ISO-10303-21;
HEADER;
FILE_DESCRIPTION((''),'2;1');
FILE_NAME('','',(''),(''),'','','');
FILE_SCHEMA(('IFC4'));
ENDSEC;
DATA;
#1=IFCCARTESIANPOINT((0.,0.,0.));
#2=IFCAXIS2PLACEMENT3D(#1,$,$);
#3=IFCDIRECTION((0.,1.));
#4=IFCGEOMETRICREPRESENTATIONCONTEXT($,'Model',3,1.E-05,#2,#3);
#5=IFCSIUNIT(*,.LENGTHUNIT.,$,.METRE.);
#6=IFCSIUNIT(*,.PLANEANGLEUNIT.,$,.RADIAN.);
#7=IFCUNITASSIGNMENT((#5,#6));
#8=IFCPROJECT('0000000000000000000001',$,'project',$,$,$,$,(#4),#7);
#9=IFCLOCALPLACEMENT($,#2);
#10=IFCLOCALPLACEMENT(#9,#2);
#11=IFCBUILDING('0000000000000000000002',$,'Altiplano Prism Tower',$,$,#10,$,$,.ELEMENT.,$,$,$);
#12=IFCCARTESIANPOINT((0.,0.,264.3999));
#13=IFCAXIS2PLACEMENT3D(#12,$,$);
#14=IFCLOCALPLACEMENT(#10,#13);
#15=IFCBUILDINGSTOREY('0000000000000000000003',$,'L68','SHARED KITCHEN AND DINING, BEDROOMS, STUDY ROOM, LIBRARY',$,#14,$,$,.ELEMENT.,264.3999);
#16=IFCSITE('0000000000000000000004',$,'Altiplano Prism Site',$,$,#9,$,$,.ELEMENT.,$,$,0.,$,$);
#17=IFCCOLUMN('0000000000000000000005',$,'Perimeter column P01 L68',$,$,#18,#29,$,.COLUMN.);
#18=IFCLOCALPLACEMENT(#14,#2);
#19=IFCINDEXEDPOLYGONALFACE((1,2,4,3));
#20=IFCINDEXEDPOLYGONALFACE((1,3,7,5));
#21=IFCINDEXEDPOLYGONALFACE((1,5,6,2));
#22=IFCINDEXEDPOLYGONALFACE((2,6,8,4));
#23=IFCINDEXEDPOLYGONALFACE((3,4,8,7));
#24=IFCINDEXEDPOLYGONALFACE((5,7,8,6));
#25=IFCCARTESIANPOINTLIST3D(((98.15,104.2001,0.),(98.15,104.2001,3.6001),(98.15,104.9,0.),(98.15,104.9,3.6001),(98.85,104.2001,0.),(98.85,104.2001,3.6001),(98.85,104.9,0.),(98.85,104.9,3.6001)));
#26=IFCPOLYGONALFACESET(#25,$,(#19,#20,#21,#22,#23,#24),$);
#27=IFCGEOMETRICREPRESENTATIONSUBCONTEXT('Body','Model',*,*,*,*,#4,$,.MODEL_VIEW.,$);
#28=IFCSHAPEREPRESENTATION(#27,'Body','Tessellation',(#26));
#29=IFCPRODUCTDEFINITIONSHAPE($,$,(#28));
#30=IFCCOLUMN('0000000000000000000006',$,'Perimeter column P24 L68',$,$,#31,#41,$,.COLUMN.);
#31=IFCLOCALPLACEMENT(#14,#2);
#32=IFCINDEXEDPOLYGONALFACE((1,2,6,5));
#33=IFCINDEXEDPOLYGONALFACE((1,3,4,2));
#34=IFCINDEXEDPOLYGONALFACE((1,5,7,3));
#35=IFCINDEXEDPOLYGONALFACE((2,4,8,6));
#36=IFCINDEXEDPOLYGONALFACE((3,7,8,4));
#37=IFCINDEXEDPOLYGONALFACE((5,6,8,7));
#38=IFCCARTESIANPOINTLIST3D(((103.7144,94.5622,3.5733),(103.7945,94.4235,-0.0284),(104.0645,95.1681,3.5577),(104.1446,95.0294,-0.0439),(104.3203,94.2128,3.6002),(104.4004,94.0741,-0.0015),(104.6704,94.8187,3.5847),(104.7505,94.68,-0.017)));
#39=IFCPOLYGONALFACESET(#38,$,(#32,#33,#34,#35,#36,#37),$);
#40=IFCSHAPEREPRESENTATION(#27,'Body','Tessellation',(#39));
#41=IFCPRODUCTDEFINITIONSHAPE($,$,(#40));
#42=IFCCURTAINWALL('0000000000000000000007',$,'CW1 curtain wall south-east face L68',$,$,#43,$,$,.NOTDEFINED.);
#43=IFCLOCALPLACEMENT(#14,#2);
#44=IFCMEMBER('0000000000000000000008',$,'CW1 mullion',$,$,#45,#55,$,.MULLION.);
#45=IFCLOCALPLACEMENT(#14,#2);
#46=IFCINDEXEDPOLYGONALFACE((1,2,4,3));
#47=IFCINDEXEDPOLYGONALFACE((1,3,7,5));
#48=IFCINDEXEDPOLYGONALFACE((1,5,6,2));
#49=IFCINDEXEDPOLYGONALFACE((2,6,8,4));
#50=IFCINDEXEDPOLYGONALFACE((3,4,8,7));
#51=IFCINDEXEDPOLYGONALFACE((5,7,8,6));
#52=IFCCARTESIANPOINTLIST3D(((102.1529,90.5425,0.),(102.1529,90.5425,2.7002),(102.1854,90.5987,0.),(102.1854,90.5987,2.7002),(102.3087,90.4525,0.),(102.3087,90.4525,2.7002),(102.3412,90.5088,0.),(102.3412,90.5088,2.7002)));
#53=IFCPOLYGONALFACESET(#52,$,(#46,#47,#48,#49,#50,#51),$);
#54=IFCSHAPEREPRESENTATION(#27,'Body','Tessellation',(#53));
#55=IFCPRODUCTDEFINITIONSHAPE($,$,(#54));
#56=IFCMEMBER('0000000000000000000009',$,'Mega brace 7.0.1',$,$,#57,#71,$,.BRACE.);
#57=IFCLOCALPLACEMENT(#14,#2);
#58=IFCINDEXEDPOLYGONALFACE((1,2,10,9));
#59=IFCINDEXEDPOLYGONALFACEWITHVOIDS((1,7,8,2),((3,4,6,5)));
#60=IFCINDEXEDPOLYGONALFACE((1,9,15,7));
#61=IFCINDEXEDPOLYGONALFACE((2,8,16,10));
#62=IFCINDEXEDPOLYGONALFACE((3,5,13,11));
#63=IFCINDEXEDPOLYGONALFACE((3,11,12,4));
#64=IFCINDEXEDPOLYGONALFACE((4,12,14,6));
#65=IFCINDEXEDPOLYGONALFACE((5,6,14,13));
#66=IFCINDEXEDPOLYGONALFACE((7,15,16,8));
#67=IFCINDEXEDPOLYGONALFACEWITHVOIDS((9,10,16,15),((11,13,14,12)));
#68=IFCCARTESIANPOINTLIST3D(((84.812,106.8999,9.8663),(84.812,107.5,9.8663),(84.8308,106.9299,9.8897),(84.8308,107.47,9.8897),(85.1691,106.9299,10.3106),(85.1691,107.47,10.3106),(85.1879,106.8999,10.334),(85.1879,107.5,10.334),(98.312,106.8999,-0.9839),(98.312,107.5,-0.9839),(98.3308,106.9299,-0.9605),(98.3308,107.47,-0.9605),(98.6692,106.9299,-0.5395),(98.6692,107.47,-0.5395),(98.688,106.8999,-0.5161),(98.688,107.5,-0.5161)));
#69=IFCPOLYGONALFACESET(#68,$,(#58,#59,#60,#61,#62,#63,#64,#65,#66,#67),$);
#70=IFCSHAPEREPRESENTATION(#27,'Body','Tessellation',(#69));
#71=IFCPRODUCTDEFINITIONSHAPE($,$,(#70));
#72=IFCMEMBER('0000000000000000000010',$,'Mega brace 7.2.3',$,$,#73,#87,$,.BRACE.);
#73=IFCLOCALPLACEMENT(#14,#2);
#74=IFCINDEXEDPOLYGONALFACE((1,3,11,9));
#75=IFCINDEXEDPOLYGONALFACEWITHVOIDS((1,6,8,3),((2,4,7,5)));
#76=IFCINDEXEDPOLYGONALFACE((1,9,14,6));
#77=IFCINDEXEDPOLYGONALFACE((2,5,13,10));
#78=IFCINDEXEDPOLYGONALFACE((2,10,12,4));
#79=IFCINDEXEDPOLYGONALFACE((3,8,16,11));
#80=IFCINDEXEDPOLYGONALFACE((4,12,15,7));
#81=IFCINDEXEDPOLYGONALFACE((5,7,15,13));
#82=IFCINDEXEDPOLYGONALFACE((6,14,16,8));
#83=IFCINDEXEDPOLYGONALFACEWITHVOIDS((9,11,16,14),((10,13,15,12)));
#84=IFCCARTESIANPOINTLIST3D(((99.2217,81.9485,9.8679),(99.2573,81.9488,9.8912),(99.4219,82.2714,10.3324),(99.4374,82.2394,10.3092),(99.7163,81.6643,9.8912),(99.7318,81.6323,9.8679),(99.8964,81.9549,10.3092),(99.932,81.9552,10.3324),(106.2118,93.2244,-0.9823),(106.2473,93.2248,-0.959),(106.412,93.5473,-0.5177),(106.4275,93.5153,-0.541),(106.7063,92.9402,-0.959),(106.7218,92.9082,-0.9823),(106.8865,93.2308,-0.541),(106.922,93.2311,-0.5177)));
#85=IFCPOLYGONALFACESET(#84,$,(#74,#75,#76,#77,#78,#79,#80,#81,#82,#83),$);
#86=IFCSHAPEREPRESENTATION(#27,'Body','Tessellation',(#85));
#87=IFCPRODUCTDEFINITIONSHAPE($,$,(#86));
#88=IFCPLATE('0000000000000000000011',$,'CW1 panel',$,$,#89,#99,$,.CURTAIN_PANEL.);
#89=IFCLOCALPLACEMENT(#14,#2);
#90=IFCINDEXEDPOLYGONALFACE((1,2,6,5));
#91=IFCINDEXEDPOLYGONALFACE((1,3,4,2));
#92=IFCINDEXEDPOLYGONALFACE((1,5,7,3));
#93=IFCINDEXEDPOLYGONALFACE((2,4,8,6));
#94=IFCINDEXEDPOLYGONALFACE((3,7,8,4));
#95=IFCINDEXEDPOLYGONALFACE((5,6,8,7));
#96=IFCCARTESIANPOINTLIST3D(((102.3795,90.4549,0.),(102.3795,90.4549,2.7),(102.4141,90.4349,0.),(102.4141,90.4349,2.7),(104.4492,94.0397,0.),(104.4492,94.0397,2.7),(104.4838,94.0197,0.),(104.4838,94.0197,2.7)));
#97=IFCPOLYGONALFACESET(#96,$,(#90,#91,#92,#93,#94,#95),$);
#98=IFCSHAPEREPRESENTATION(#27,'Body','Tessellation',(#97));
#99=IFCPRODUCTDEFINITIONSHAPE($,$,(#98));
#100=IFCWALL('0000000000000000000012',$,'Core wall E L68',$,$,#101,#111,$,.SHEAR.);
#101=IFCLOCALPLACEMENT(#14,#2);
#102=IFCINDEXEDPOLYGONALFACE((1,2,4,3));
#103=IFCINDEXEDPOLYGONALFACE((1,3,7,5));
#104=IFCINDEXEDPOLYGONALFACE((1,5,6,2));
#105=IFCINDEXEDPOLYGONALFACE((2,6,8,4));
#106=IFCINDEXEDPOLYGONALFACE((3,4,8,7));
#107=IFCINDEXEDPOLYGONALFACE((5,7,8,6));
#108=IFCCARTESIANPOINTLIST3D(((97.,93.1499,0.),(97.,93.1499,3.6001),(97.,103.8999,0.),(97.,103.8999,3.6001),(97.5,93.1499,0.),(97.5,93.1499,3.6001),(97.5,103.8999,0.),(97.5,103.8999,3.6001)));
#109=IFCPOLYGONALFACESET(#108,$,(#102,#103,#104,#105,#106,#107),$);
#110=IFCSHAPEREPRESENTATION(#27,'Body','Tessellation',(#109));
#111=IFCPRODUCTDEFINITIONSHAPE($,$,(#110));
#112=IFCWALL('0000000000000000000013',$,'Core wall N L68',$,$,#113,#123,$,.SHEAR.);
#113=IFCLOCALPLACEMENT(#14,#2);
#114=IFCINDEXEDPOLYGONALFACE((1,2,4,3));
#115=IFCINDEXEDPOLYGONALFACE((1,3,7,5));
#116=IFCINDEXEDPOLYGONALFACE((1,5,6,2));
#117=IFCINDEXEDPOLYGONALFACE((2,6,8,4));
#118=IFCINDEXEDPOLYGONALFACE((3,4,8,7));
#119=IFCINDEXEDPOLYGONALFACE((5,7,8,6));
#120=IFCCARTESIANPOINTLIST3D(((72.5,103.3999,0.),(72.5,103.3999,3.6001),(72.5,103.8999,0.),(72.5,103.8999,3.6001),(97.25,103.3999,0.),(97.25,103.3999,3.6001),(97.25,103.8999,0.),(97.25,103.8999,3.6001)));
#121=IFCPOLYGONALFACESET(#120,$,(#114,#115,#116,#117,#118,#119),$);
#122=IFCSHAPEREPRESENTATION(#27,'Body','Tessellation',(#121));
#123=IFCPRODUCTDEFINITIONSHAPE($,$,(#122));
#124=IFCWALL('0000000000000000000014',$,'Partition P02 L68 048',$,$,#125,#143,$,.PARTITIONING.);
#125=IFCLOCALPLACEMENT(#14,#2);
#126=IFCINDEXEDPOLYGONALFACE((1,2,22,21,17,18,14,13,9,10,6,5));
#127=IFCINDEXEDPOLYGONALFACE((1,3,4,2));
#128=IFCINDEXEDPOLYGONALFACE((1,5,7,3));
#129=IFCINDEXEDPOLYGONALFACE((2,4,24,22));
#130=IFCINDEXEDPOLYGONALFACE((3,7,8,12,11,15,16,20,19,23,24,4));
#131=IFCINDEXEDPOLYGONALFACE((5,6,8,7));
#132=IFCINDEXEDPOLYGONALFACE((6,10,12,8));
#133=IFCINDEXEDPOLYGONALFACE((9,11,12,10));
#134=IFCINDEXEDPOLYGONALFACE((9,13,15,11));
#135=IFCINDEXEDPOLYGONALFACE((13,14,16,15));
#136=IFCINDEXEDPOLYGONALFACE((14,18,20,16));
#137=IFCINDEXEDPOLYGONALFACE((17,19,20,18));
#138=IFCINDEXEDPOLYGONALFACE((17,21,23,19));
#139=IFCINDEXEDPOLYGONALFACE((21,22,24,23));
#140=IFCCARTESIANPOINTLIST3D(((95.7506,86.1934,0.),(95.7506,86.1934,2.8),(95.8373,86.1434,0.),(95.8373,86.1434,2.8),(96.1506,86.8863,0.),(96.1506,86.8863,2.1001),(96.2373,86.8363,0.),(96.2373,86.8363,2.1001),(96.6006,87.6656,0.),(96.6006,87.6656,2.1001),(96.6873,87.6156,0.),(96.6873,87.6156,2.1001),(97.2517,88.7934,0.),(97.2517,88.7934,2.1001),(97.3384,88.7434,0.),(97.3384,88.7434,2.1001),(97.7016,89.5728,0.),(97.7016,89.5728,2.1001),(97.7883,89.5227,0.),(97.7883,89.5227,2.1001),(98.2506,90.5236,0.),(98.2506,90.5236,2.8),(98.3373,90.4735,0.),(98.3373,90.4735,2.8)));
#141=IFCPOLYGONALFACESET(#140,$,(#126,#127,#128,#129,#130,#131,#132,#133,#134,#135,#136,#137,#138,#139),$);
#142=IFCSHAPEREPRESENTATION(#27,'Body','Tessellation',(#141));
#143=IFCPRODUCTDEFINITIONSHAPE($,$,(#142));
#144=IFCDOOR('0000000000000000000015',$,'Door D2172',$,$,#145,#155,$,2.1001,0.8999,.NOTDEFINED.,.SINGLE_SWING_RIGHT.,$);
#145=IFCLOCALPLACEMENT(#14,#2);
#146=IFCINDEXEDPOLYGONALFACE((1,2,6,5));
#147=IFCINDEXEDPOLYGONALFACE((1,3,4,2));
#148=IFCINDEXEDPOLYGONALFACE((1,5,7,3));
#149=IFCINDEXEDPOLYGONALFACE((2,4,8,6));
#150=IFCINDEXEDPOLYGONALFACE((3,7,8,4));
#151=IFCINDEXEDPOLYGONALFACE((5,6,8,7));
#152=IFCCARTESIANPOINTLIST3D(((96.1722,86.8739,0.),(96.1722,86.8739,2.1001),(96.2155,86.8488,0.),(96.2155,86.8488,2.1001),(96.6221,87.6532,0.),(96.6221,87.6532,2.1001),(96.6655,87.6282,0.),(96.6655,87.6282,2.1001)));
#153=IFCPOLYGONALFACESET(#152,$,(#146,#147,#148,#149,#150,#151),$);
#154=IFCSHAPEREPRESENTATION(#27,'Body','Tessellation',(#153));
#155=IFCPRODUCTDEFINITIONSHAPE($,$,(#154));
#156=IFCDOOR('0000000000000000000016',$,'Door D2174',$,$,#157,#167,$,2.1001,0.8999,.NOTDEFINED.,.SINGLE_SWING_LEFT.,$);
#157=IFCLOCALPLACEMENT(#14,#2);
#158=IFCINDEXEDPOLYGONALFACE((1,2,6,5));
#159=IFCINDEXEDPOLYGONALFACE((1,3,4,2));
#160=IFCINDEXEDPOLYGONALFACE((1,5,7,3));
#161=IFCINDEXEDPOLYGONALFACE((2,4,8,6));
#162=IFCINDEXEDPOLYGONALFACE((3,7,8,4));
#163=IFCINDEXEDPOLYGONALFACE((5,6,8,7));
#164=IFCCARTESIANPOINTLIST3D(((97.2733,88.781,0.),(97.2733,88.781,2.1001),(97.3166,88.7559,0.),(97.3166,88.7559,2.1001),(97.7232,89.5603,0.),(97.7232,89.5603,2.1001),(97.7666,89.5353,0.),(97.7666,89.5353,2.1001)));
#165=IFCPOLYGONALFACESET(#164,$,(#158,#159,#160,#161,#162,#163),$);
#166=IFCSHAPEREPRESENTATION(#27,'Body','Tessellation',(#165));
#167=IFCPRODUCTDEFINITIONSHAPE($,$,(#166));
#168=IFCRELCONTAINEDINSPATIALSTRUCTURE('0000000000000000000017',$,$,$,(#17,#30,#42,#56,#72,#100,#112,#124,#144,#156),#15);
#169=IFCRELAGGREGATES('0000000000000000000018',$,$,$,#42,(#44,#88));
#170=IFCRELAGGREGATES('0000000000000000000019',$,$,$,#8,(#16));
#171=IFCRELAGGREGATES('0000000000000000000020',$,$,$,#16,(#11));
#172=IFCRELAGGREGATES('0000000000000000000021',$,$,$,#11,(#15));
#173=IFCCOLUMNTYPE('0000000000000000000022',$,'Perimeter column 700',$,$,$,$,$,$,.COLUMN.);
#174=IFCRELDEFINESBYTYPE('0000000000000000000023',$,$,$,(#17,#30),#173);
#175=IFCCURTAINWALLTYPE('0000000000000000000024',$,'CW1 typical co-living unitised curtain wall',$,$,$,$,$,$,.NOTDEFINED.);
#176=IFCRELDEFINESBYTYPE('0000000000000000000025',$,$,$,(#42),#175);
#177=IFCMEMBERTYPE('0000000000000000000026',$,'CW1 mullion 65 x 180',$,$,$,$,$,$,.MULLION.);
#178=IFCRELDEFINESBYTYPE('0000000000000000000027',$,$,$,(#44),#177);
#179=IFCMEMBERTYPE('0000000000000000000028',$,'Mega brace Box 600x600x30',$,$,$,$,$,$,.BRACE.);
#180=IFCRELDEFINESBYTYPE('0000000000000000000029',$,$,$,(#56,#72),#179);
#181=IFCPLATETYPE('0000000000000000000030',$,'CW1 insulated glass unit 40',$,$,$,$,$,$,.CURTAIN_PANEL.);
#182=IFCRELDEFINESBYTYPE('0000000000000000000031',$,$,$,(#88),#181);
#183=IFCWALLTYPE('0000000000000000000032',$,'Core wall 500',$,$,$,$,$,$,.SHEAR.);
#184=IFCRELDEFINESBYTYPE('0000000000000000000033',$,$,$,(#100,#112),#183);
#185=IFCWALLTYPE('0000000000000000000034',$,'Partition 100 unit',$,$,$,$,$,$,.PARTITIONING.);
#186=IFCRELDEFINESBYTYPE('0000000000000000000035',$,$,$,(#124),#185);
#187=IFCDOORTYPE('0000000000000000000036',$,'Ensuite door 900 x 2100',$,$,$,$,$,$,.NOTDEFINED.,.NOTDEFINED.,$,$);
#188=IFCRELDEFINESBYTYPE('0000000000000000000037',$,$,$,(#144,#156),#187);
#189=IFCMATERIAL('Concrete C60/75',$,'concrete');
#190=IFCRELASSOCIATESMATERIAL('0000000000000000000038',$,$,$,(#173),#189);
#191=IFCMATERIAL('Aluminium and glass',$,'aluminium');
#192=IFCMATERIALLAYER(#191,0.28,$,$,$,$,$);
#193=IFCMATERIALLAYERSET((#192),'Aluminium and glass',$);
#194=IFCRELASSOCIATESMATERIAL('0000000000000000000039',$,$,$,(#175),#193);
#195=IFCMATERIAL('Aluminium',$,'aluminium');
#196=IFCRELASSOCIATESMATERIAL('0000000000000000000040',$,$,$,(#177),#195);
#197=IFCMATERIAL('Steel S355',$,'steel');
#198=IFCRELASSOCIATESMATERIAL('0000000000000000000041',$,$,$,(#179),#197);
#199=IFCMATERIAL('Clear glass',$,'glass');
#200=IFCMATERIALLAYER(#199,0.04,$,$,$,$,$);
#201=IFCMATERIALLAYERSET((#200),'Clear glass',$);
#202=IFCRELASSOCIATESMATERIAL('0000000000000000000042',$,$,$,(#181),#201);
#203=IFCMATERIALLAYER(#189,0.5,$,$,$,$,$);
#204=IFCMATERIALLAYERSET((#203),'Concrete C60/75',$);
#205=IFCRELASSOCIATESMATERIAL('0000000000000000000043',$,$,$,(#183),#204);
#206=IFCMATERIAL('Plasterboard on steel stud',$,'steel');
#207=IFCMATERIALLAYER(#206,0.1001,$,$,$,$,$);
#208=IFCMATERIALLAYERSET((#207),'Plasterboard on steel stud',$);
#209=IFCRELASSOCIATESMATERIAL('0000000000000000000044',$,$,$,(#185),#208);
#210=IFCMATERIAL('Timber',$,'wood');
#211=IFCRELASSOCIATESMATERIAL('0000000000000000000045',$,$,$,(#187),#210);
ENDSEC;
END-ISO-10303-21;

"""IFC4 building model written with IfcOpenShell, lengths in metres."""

from ifc_helpers import new_model, si_unit, direction, frame, frame_2d, origin, origin_2d, place, context, subcontext, project, spatial, rectangle, hollow_rectangle, extrude, material, layer, layer_set, material_profile, profile_set, type_object, element, fill, aggregate, save


model = new_model("IFC4")

# Units and contexts
model_context = context("Model", 3, precision=1e-05, world=origin(), true_north=direction((0.0, 1.0)))
body_context = subcontext(model_context, "Body", "Model", "MODEL_VIEW")
ifc_project = project(units=[si_unit("LENGTHUNIT", "METRE"), si_unit("PLANEANGLEUNIT", "RADIAN")], contexts=[model_context])

# Site, building, storey
site_placement = place(None, origin())
site = spatial("IfcSite", under=ifc_project, at=site_placement, Name="Altiplano Prism Site", CompositionType="ELEMENT", RefElevation=0.0)
building_placement = place(site_placement, origin())
building = spatial("IfcBuilding", under=site, at=building_placement, Name="Altiplano Prism Tower", CompositionType="ELEMENT")
storey_placement = place(building_placement, frame((0.0, 0.0, 264.3999)))
storey = spatial("IfcBuildingStorey", under=building, at=storey_placement, Name="L68", Description="SHARED KITCHEN AND DINING, BEDROOMS, STUDY ROOM, LIBRARY", CompositionType="ELEMENT", Elevation=264.3999)

# Columns
ifc_material_1 = material(Name="Concrete C60/75", Category="concrete")
ifc_material_profile_1 = material_profile(ifc_material_1, rectangle(XDim=0.7, YDim=0.7, at=origin_2d()), Name="Perimeter column 700")
ifc_profile_set_1 = profile_set([ifc_material_profile_1], Name="Concrete C60/75")
column_type = type_object("IfcColumnType", Name="Perimeter column 700", PredefinedType="COLUMN", material=ifc_profile_set_1)
column_1_placement = place(storey_placement, frame((98.5, 104.55, 0.0), z_axis=(0.0, 0.0, 1.0), x_axis=(1.0, 0.0, 0.0)))
element("IfcColumn", 1, at=column_1_placement, inside=storey, type_object=column_type, Name="Perimeter column P01 L68", PredefinedType="COLUMN", context=body_context, shape_type="SweptSolid", body=[
    extrude(rectangle(XDim=0.7, YDim=0.7, at=origin_2d()), origin(), (0.0, 0.0, 1.0), 3.6001),
])
column_2_placement = place(storey_placement, frame((104.2725, 94.5518, -0.0227), z_axis=(-0.022212, 0.038465, 0.999013), x_axis=(-0.500174, -0.86564, 0.022209)))
element("IfcColumn", 2, at=column_2_placement, inside=storey, type_object=column_type, Name="Perimeter column P24 L68", PredefinedType="COLUMN", context=body_context, shape_type="SweptSolid", body=[
    extrude(rectangle(XDim=0.7, YDim=0.7, at=origin_2d()), origin(), (0.0, 0.0, 1.0), 3.6052),
])

# Curtain wall, member
ifc_material_2 = material(Name="Aluminium and glass", Category="aluminium")
ifc_layer_1 = layer(ifc_material_2, 0.28)
ifc_layer_set_1 = layer_set([ifc_layer_1], Name="Aluminium and glass")
curtain_wall_type = type_object("IfcCurtainWallType", Name="CW1 typical co-living unitised curtain wall", PredefinedType="NOTDEFINED", material=ifc_layer_set_1)
curtain_wall_placement = place(storey_placement, origin())
curtain_wall = element("IfcCurtainWall", 3, at=curtain_wall_placement, inside=storey, type_object=curtain_wall_type, Name="CW1 curtain wall south-east face L68", PredefinedType="NOTDEFINED")
ifc_material_3 = material(Name="Aluminium", Category="aluminium")
ifc_material_profile_2 = material_profile(ifc_material_3, rectangle(XDim=0.1799, YDim=0.0649, at=origin_2d()), Name="CW1 mullion 65 x 180")
ifc_profile_set_2 = profile_set([ifc_material_profile_2], Name="Aluminium")
member_type_1 = type_object("IfcMemberType", Name="CW1 mullion 65 x 180", PredefinedType="MULLION", material=ifc_profile_set_2)
member_1_placement = place(storey_placement, frame((102.2471, 90.5256, 0.0), z_axis=(0.0, 0.0, 1.0), x_axis=(-0.866025, 0.5, 0.0)))
member_1 = element("IfcMember", 4, at=member_1_placement, type_object=member_type_1, Name="CW1 mullion", PredefinedType="MULLION", context=body_context, shape_type="SweptSolid", body=[
    extrude(rectangle(XDim=0.1799, YDim=0.0649, at=origin_2d()), origin(), (0.0, 0.0, 1.0), 2.7002),
])

# Members
ifc_material_4 = material(Name="Steel S355", Category="steel")
ifc_material_profile_3 = material_profile(ifc_material_4, hollow_rectangle(XDim=0.6001, YDim=0.6001, WallThickness=0.03, at=origin_2d()), Name="Mega brace Box 600x600x30")
ifc_profile_set_3 = profile_set([ifc_material_profile_3], Name="Steel S355")
member_type_2 = type_object("IfcMemberType", Name="Mega brace Box 600x600x30", PredefinedType="BRACE", material=ifc_profile_set_3)
member_2_placement = place(storey_placement, frame((98.5, 107.2, -0.75), z_axis=(-0.779456, 0.0, 0.626457), x_axis=(0.0, -1.0, 0.0)))
element("IfcMember", 5, at=member_2_placement, inside=storey, type_object=member_type_2, Name="Mega brace 7.0.1", PredefinedType="BRACE", context=body_context, shape_type="SweptSolid", body=[
    extrude(hollow_rectangle(XDim=0.6001, YDim=0.6001, WallThickness=0.03, at=origin_2d()), origin(), (0.0, 0.0, 1.0), 17.3198),
])
member_3_placement = place(storey_placement, frame((106.5669, 93.2278, -0.75), z_axis=(-0.407852, -0.657925, 0.633081), x_axis=(0.849938, -0.526882, 0.0)))
element("IfcMember", 6, at=member_3_placement, inside=storey, type_object=member_type_2, Name="Mega brace 7.2.3", PredefinedType="BRACE", context=body_context, shape_type="SweptSolid", body=[
    extrude(hollow_rectangle(XDim=0.6001, YDim=0.6001, WallThickness=0.03, at=origin_2d()), origin(), (0.0, 0.0, 1.0), 17.1387),
])

# Plate
ifc_material_5 = material(Name="Clear glass", Category="glass")
ifc_layer_2 = layer(ifc_material_5, 0.04)
ifc_layer_set_2 = layer_set([ifc_layer_2], Name="Clear glass")
plate_type = type_object("IfcPlateType", Name="CW1 insulated glass unit 40", PredefinedType="CURTAIN_PANEL", material=ifc_layer_set_2)
plate_placement = place(storey_placement, frame((103.4316, 92.2373, 0.0), z_axis=(0.0, 0.0, 1.0), x_axis=(0.5, 0.866025, 0.0)))
plate = element("IfcPlate", 7, at=plate_placement, type_object=plate_type, Name="CW1 panel", PredefinedType="CURTAIN_PANEL", context=body_context, shape_type="SweptSolid", body=[
    extrude(rectangle(XDim=4.1394, YDim=0.04, at=origin_2d()), origin(), (0.0, 0.0, 1.0), 2.7),
])
aggregate(curtain_wall, [member_1, plate])

# Walls
ifc_layer_3 = layer(ifc_material_1, 0.5)
ifc_layer_set_3 = layer_set([ifc_layer_3], Name="Concrete C60/75")
wall_type_1 = type_object("IfcWallType", Name="Core wall 500", PredefinedType="SHEAR", material=ifc_layer_set_3)
wall_1_placement = place(storey_placement, frame((97.25, 93.1499, 0.0), z_axis=(0.0, 0.0, 1.0), x_axis=(0.0, 1.0, 0.0)))
element("IfcWall", 8, at=wall_1_placement, inside=storey, type_object=wall_type_1, Name="Core wall E L68", PredefinedType="SHEAR", context=body_context, shape_type="SweptSolid", body=[
    extrude(rectangle(XDim=10.75, YDim=0.5, at=frame_2d((5.375, 0.0))), origin(), (0.0, 0.0, 1.0), 3.6001),
])
wall_2_placement = place(storey_placement, frame((97.25, 103.6499, 0.0), z_axis=(0.0, 0.0, 1.0), x_axis=(-1.0, 0.0, 0.0)))
element("IfcWall", 9, at=wall_2_placement, inside=storey, type_object=wall_type_1, Name="Core wall N L68", PredefinedType="SHEAR", context=body_context, shape_type="SweptSolid", body=[
    extrude(rectangle(XDim=24.75, YDim=0.5, at=frame_2d((12.375, 0.0))), origin(), (0.0, 0.0, 1.0), 3.6001),
])

# Wall, openings, doors
ifc_material_6 = material(Name="Plasterboard on steel stud", Category="steel")
ifc_layer_4 = layer(ifc_material_6, 0.1001)
ifc_layer_set_4 = layer_set([ifc_layer_4], Name="Plasterboard on steel stud")
wall_type_2 = type_object("IfcWallType", Name="Partition 100 unit", PredefinedType="PARTITIONING", material=ifc_layer_set_4)
wall_3_placement = place(storey_placement, frame((98.2939, 90.4985, 0.0), z_axis=(0.0, 0.0, 1.0), x_axis=(-0.500004, -0.866023, 0.0)))
wall_3 = element("IfcWall", 10, at=wall_3_placement, inside=storey, type_object=wall_type_2, Name="Partition P02 L68 048", PredefinedType="PARTITIONING", context=body_context, shape_type="SweptSolid", body=[
    extrude(rectangle(XDim=5.0, YDim=0.1001, at=frame_2d((2.5, 0.0))), origin(), (0.0, 0.0, 1.0), 2.8),
])
opening_1_placement = place(wall_3_placement, frame((3.3, 0.0, 0.0)))
opening_1 = element("IfcOpeningElement", 11, at=opening_1_placement, cuts=wall_3, PredefinedType="OPENING", context=body_context, shape_type="SweptSolid", body=[
    extrude(rectangle(XDim=0.8999, YDim=2.1001, at=frame_2d((0.45, 1.05))), frame((0.0, 0.0605, 0.0), z_axis=(0.0, -1.0, 0.0), x_axis=(1.0, 0.0, 0.0)), (0.0, 0.0, 1.0), 0.1211),
])
opening_2_placement = place(wall_3_placement, frame((1.0979, 0.0, 0.0)))
opening_2 = element("IfcOpeningElement", 12, at=opening_2_placement, cuts=wall_3, PredefinedType="OPENING", context=body_context, shape_type="SweptSolid", body=[
    extrude(rectangle(XDim=0.8999, YDim=2.1001, at=frame_2d((0.45, 1.05))), frame((0.0, 0.0605, 0.0), z_axis=(0.0, -1.0, 0.0), x_axis=(1.0, 0.0, 0.0)), (0.0, 0.0, 1.0), 0.1211),
])
ifc_material_7 = material(Name="Timber", Category="wood")
door_type_1 = type_object("IfcDoorType", Name="Ensuite door 900 x 2100", OperationType="NOTDEFINED", PredefinedType="NOTDEFINED", material=ifc_material_7)
door_1_placement = place(opening_1_placement, origin())
door_1 = element("IfcDoor", 13, at=door_1_placement, inside=storey, type_object=door_type_1, Name="Door D2172", OperationType="SINGLE_SWING_RIGHT", OverallHeight=2.1001, OverallWidth=0.8999, PredefinedType="NOTDEFINED", context=body_context, shape_type="SweptSolid", body=[
    extrude(rectangle(XDim=0.8999, YDim=2.1001, at=frame_2d((0.45, 1.05))), frame((0.0, 0.0249, 0.0), z_axis=(0.0, -1.0, 0.0), x_axis=(1.0, 0.0, 0.0)), (0.0, 0.0, 1.0), 0.05),
])
fill(opening_1, door_1)
door_2_placement = place(opening_2_placement, origin())
door_2 = element("IfcDoor", 14, at=door_2_placement, inside=storey, type_object=door_type_1, Name="Door D2174", OperationType="SINGLE_SWING_LEFT", OverallHeight=2.1001, OverallWidth=0.8999, PredefinedType="NOTDEFINED", context=body_context, shape_type="SweptSolid", body=[
    extrude(rectangle(XDim=0.8999, YDim=2.1001, at=frame_2d((0.45, 1.05))), frame((0.0, 0.0249, 0.0), z_axis=(0.0, -1.0, 0.0), x_axis=(1.0, 0.0, 0.0)), (0.0, 0.0, 1.0), 0.05),
])
fill(opening_2, door_2)

save(model, "model.ifc")
